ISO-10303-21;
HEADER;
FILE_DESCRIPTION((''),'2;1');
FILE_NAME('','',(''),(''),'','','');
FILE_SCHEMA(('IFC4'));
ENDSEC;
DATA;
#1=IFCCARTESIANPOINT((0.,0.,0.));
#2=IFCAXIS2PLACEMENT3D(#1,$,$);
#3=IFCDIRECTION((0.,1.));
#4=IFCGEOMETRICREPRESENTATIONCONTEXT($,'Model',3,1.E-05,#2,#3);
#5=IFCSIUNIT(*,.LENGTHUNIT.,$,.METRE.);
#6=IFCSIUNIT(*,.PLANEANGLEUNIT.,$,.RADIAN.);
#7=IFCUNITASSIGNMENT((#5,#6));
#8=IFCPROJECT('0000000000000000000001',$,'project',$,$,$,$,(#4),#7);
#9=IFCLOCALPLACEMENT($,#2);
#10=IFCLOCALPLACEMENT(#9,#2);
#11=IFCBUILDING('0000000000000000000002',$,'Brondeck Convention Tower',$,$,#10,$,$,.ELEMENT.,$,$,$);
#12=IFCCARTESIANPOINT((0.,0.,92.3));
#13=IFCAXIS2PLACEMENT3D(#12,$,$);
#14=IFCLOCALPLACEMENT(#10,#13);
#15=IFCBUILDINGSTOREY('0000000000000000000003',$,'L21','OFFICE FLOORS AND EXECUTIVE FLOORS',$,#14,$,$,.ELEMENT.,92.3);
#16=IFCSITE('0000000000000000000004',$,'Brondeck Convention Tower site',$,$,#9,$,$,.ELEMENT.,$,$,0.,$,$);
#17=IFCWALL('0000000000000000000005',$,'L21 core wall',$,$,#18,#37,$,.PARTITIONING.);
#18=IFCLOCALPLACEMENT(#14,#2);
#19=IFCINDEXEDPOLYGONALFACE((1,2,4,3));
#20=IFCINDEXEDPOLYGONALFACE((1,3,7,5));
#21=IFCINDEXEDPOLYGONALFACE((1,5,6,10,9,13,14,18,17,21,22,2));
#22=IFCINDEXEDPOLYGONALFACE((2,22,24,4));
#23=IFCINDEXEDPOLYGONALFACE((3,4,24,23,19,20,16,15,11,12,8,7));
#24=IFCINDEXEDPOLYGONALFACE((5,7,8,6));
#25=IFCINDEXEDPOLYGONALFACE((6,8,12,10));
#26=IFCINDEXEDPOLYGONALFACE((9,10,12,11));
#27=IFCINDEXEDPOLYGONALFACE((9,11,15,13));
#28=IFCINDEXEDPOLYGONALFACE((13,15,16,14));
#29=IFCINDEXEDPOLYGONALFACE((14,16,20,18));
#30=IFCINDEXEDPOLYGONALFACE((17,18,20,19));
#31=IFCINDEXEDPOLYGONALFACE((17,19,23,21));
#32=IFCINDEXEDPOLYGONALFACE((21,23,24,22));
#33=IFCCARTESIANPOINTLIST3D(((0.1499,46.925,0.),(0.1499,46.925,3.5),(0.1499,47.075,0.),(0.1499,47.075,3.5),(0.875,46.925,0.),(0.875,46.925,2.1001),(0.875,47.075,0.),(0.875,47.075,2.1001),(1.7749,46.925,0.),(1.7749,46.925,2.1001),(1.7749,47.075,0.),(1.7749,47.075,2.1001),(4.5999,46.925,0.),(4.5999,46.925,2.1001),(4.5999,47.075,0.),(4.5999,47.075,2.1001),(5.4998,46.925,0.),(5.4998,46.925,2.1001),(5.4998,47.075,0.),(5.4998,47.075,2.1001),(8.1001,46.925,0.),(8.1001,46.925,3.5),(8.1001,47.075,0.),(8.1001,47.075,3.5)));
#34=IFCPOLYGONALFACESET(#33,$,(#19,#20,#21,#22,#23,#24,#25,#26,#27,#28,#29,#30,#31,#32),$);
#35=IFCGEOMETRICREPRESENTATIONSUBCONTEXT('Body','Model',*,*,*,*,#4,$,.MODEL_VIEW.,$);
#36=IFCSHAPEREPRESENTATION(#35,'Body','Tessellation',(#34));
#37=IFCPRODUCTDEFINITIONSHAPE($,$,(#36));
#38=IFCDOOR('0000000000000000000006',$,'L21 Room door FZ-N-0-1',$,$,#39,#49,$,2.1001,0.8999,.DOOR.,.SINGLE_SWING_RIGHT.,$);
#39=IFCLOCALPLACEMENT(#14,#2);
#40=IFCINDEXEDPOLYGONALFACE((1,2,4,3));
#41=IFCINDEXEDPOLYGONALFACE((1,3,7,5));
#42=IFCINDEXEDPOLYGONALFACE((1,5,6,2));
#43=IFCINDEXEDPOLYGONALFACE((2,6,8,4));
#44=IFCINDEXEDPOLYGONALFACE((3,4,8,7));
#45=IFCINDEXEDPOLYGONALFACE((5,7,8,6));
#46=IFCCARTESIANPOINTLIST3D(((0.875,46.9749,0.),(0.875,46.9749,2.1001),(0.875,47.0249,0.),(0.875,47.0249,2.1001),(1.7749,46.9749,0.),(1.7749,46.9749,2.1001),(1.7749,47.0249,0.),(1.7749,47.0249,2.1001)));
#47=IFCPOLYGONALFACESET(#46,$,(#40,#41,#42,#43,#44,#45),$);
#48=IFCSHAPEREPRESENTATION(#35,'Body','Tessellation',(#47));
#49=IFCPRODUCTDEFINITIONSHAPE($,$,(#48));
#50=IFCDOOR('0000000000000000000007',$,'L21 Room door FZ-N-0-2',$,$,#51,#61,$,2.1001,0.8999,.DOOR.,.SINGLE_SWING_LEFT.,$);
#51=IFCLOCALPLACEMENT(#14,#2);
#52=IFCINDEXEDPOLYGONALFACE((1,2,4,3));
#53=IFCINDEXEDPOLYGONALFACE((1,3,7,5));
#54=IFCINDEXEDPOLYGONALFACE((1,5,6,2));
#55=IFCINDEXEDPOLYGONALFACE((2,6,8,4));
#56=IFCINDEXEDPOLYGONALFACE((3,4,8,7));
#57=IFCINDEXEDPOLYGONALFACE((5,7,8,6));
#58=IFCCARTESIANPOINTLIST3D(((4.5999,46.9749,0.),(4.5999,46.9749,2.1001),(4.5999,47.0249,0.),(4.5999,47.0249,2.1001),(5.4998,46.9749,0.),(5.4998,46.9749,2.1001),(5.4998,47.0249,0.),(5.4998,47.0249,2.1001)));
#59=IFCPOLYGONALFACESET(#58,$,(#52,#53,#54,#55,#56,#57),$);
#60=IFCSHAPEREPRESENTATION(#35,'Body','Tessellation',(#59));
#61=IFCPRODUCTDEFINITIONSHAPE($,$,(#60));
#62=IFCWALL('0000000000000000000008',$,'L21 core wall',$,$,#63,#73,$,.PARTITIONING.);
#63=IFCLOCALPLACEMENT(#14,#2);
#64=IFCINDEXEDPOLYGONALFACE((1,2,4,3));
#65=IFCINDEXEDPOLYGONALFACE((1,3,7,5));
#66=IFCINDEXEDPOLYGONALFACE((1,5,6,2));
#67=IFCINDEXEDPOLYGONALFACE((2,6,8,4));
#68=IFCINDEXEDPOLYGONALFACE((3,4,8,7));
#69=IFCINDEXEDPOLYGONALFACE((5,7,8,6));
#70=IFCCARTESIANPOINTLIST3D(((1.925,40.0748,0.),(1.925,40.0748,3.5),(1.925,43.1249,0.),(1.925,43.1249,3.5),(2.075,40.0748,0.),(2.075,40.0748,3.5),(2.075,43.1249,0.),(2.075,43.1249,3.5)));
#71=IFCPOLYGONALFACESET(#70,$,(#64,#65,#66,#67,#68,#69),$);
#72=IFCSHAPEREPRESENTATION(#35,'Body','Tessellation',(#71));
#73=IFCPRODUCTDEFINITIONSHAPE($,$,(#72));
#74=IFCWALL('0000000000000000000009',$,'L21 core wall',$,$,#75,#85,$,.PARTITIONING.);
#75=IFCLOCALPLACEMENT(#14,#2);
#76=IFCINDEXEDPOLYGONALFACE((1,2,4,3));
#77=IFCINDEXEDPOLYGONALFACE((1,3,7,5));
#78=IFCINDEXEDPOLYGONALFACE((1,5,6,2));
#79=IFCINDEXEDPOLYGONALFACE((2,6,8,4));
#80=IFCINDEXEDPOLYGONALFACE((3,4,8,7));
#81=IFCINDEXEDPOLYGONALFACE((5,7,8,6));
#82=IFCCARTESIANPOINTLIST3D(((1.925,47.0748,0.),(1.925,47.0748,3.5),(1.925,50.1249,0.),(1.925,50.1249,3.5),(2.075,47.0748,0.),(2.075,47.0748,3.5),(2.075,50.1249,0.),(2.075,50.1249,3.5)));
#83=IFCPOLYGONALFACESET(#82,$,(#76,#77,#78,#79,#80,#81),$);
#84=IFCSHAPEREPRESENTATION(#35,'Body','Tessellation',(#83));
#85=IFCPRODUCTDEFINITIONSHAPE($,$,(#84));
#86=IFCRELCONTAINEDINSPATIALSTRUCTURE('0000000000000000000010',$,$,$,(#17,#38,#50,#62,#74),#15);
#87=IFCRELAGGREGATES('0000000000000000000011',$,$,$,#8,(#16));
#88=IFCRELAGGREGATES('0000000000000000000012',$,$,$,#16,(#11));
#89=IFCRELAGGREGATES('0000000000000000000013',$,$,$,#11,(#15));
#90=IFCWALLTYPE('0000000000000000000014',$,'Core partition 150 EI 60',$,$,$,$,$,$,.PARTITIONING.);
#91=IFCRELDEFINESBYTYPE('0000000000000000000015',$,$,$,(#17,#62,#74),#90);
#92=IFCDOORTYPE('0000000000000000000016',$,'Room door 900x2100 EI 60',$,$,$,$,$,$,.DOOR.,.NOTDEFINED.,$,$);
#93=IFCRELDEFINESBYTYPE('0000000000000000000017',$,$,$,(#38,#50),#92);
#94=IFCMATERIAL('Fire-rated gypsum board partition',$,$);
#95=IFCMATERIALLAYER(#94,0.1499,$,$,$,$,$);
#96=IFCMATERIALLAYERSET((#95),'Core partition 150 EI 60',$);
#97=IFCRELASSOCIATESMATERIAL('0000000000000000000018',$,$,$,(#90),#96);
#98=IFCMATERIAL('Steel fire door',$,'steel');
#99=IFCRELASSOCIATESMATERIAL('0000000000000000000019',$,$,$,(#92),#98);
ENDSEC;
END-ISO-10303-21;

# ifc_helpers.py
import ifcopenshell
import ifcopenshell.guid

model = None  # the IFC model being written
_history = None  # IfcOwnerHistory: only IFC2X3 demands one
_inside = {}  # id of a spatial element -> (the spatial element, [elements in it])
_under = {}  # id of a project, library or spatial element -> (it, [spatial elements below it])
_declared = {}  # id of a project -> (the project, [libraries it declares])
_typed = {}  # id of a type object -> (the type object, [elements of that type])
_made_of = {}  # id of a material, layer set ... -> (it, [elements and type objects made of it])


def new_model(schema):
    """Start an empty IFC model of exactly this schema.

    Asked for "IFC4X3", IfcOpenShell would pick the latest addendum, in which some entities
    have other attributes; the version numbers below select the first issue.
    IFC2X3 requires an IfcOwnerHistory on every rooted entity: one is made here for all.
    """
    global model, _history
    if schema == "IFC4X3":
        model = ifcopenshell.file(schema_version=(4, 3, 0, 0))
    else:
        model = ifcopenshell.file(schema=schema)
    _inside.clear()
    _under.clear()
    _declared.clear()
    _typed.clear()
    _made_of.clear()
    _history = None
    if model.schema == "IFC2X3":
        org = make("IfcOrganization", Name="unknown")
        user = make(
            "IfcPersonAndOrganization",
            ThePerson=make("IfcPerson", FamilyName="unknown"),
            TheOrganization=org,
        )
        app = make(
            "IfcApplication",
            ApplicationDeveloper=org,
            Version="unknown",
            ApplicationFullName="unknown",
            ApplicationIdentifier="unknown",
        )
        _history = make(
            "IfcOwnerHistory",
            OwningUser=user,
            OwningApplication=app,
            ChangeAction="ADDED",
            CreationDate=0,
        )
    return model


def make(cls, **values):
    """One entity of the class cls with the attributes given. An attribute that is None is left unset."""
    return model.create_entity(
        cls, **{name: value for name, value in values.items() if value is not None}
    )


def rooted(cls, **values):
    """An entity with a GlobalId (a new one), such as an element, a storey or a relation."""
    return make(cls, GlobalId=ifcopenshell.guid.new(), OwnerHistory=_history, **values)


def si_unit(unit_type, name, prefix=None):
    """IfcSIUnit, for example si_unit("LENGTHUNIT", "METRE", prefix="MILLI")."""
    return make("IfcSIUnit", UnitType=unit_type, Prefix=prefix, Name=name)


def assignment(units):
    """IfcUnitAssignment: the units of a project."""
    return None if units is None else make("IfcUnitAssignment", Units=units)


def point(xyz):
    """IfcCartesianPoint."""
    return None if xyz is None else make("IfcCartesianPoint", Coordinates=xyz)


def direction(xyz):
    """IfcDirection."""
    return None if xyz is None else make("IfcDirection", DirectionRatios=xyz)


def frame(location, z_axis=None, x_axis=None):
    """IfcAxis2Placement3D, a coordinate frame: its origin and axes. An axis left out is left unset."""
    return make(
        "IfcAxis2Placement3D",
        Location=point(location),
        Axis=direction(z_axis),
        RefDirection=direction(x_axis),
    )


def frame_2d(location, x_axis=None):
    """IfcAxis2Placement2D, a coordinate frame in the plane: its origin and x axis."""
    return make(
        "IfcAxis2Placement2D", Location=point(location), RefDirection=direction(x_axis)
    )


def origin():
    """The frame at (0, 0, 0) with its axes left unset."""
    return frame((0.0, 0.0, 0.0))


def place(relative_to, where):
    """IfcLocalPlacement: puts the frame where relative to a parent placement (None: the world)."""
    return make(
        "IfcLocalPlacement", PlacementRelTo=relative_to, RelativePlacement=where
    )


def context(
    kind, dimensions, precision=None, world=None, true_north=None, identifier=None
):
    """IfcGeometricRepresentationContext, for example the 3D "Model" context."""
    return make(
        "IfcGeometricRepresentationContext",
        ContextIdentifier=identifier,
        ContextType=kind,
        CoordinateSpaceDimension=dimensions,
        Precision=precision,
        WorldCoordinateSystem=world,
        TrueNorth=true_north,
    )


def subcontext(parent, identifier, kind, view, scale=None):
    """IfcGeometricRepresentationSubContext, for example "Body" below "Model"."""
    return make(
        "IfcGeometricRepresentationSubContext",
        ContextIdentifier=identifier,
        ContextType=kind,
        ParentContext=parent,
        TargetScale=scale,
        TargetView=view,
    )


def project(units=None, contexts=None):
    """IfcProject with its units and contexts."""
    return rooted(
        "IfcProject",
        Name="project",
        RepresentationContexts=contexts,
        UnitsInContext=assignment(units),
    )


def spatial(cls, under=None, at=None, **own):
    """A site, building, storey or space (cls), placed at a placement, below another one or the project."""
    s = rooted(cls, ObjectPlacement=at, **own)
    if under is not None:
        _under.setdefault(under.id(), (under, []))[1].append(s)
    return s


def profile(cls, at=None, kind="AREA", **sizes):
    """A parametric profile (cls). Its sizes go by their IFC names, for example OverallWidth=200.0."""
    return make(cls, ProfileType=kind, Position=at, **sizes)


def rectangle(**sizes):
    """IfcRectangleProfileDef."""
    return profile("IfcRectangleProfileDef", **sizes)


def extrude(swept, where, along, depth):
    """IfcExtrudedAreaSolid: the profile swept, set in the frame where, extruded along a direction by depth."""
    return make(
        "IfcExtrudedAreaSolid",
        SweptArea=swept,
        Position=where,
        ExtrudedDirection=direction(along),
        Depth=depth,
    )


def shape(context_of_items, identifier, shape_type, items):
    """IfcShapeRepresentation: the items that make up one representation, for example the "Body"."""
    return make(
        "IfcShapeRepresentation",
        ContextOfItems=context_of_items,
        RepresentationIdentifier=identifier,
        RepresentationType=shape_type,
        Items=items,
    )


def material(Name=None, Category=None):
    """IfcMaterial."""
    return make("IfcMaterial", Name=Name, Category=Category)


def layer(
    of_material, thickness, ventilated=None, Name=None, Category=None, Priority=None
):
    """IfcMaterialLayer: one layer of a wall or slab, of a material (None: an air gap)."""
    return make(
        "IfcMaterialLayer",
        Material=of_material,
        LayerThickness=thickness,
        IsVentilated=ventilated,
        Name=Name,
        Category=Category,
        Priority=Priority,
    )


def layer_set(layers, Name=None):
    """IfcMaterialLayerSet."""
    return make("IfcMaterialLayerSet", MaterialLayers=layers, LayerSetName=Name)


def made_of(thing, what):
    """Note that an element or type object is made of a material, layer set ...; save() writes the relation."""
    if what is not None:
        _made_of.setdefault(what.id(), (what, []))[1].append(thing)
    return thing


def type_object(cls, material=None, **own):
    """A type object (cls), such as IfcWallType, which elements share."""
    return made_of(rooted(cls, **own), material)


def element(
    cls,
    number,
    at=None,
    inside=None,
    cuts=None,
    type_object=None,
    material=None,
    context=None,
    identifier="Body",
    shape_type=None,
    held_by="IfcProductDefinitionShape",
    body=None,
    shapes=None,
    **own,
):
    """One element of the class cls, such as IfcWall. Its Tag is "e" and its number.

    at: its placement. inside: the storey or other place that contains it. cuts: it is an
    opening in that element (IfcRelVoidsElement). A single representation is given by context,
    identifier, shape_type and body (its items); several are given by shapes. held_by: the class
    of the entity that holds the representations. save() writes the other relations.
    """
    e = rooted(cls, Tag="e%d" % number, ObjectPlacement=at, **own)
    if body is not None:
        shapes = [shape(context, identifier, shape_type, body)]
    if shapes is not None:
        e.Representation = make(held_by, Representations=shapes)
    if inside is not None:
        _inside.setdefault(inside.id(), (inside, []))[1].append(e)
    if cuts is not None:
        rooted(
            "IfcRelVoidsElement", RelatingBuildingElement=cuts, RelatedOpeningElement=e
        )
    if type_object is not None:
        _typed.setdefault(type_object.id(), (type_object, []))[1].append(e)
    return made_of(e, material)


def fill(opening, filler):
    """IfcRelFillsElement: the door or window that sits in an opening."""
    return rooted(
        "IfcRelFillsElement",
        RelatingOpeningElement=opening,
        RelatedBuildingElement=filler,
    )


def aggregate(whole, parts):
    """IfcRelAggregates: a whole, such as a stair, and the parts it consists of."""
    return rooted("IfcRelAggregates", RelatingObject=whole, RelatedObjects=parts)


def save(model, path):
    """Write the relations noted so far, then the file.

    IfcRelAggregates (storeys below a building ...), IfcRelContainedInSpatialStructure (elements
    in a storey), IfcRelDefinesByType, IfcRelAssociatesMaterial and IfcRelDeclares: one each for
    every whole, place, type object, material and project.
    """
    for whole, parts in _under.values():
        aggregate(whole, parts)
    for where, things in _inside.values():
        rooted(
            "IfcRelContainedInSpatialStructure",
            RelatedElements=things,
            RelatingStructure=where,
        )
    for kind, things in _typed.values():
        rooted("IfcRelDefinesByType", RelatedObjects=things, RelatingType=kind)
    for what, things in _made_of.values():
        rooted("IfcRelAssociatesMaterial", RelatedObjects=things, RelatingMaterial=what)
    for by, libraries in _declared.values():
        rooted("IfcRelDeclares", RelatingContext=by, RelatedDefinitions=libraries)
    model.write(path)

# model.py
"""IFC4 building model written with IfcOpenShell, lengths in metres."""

from ifc_helpers import new_model, si_unit, direction, frame, frame_2d, origin, place, context, subcontext, project, spatial, rectangle, extrude, material, layer, layer_set, type_object, element, fill, save


model = new_model("IFC4")

# Units and contexts
model_context = context("Model", 3, precision=1e-05, world=origin(), true_north=direction((0.0, 1.0)))
body_context = subcontext(model_context, "Body", "Model", "MODEL_VIEW")
ifc_project = project(units=[si_unit("LENGTHUNIT", "METRE"), si_unit("PLANEANGLEUNIT", "RADIAN")], contexts=[model_context])

# Site, building, storey
site_placement = place(None, origin())
site = spatial("IfcSite", under=ifc_project, at=site_placement, Name="Brondeck Convention Tower site", CompositionType="ELEMENT", RefElevation=0.0)
building_placement = place(site_placement, origin())
building = spatial("IfcBuilding", under=site, at=building_placement, Name="Brondeck Convention Tower", CompositionType="ELEMENT")
storey_placement = place(building_placement, frame((0.0, 0.0, 92.3)))
storey = spatial("IfcBuildingStorey", under=building, at=storey_placement, Name="L21", Description="OFFICE FLOORS AND EXECUTIVE FLOORS", CompositionType="ELEMENT", Elevation=92.3)

# Wall, openings, doors
ifc_material_1 = material(Name="Fire-rated gypsum board partition")
ifc_layer_1 = layer(ifc_material_1, 0.1499)
ifc_layer_set_1 = layer_set([ifc_layer_1], Name="Core partition 150 EI 60")
wall_type_1 = type_object("IfcWallType", Name="Core partition 150 EI 60", PredefinedType="PARTITIONING", material=ifc_layer_set_1)
ifc_material_2 = material(Name="Steel fire door", Category="steel")
door_type_1 = type_object("IfcDoorType", Name="Room door 900x2100 EI 60", OperationType="NOTDEFINED", PredefinedType="DOOR", material=ifc_material_2)
wall_1_placement = place(storey_placement, frame((0.1499, 47.0, 0.0), z_axis=(0.0, 0.0, 1.0), x_axis=(1.0, 0.0, 0.0)))
wall_1 = element("IfcWall", 1, at=wall_1_placement, inside=storey, type_object=wall_type_1, Name="L21 core wall", PredefinedType="PARTITIONING", context=body_context, shape_type="SweptSolid", body=[
    extrude(rectangle(XDim=7.9502, YDim=0.1499, at=frame_2d((3.9751, 0.0))), origin(), (0.0, 0.0, 1.0), 3.5),
])
opening_1_placement = place(wall_1_placement, frame((0.7251, 0.0, 0.0)))
opening_1 = element("IfcOpeningElement", 2, at=opening_1_placement, cuts=wall_1, PredefinedType="OPENING", context=body_context, shape_type="SweptSolid", body=[
    extrude(rectangle(XDim=0.8999, YDim=2.1001, at=frame_2d((0.45, 1.05))), frame((0.0, 0.085, 0.0), z_axis=(0.0, -1.0, 0.0), x_axis=(1.0, 0.0, 0.0)), (0.0, 0.0, 1.0), 0.1699),
])
opening_2_placement = place(wall_1_placement, frame((4.45, 0.0, 0.0)))
opening_2 = element("IfcOpeningElement", 3, at=opening_2_placement, cuts=wall_1, PredefinedType="OPENING", context=body_context, shape_type="SweptSolid", body=[
    extrude(rectangle(XDim=0.8999, YDim=2.1001, at=frame_2d((0.45, 1.05))), frame((0.0, 0.085, 0.0), z_axis=(0.0, -1.0, 0.0), x_axis=(1.0, 0.0, 0.0)), (0.0, 0.0, 1.0), 0.1699),
])
door_1_placement = place(opening_1_placement, origin())
door_1 = element("IfcDoor", 4, at=door_1_placement, inside=storey, type_object=door_type_1, Name="L21 Room door FZ-N-0-1", OperationType="SINGLE_SWING_RIGHT", OverallHeight=2.1001, OverallWidth=0.8999, PredefinedType="DOOR", context=body_context, shape_type="SweptSolid", body=[
    extrude(rectangle(XDim=0.8999, YDim=2.1001, at=frame_2d((0.45, 1.05))), frame((0.0, 0.0249, 0.0), z_axis=(0.0, -1.0, 0.0), x_axis=(1.0, 0.0, 0.0)), (0.0, 0.0, 1.0), 0.05),
])
fill(opening_1, door_1)
door_2_placement = place(opening_2_placement, origin())
door_2 = element("IfcDoor", 5, at=door_2_placement, inside=storey, type_object=door_type_1, Name="L21 Room door FZ-N-0-2", OperationType="SINGLE_SWING_LEFT", OverallHeight=2.1001, OverallWidth=0.8999, PredefinedType="DOOR", context=body_context, shape_type="SweptSolid", body=[
    extrude(rectangle(XDim=0.8999, YDim=2.1001, at=frame_2d((0.45, 1.05))), frame((0.0, 0.0249, 0.0), z_axis=(0.0, -1.0, 0.0), x_axis=(1.0, 0.0, 0.0)), (0.0, 0.0, 1.0), 0.05),
])
fill(opening_2, door_2)

# Walls
for number, where, z_axis, x_axis, name in (
    (6, (2.0, 40.075, 0.0), (0.0, 0.0, 1.0), (0.0, 1.0, 0.0), "L21 core wall"),
    (7, (2.0, 47.075, 0.0), (0.0, 0.0, 1.0), (0.0, 1.0, 0.0), "L21 core wall"),
):
    element("IfcWall", number, at=place(storey_placement, frame(where, z_axis=z_axis, x_axis=x_axis)), inside=storey, type_object=wall_type_1, Name=name, PredefinedType="PARTITIONING", context=body_context, shape_type="SweptSolid", body=[
        extrude(rectangle(XDim=3.05, YDim=0.1499, at=frame_2d((1.5249, 0.0))), origin(), (0.0, 0.0, 1.0), 3.5),
    ])

save(model, "model.ifc")
